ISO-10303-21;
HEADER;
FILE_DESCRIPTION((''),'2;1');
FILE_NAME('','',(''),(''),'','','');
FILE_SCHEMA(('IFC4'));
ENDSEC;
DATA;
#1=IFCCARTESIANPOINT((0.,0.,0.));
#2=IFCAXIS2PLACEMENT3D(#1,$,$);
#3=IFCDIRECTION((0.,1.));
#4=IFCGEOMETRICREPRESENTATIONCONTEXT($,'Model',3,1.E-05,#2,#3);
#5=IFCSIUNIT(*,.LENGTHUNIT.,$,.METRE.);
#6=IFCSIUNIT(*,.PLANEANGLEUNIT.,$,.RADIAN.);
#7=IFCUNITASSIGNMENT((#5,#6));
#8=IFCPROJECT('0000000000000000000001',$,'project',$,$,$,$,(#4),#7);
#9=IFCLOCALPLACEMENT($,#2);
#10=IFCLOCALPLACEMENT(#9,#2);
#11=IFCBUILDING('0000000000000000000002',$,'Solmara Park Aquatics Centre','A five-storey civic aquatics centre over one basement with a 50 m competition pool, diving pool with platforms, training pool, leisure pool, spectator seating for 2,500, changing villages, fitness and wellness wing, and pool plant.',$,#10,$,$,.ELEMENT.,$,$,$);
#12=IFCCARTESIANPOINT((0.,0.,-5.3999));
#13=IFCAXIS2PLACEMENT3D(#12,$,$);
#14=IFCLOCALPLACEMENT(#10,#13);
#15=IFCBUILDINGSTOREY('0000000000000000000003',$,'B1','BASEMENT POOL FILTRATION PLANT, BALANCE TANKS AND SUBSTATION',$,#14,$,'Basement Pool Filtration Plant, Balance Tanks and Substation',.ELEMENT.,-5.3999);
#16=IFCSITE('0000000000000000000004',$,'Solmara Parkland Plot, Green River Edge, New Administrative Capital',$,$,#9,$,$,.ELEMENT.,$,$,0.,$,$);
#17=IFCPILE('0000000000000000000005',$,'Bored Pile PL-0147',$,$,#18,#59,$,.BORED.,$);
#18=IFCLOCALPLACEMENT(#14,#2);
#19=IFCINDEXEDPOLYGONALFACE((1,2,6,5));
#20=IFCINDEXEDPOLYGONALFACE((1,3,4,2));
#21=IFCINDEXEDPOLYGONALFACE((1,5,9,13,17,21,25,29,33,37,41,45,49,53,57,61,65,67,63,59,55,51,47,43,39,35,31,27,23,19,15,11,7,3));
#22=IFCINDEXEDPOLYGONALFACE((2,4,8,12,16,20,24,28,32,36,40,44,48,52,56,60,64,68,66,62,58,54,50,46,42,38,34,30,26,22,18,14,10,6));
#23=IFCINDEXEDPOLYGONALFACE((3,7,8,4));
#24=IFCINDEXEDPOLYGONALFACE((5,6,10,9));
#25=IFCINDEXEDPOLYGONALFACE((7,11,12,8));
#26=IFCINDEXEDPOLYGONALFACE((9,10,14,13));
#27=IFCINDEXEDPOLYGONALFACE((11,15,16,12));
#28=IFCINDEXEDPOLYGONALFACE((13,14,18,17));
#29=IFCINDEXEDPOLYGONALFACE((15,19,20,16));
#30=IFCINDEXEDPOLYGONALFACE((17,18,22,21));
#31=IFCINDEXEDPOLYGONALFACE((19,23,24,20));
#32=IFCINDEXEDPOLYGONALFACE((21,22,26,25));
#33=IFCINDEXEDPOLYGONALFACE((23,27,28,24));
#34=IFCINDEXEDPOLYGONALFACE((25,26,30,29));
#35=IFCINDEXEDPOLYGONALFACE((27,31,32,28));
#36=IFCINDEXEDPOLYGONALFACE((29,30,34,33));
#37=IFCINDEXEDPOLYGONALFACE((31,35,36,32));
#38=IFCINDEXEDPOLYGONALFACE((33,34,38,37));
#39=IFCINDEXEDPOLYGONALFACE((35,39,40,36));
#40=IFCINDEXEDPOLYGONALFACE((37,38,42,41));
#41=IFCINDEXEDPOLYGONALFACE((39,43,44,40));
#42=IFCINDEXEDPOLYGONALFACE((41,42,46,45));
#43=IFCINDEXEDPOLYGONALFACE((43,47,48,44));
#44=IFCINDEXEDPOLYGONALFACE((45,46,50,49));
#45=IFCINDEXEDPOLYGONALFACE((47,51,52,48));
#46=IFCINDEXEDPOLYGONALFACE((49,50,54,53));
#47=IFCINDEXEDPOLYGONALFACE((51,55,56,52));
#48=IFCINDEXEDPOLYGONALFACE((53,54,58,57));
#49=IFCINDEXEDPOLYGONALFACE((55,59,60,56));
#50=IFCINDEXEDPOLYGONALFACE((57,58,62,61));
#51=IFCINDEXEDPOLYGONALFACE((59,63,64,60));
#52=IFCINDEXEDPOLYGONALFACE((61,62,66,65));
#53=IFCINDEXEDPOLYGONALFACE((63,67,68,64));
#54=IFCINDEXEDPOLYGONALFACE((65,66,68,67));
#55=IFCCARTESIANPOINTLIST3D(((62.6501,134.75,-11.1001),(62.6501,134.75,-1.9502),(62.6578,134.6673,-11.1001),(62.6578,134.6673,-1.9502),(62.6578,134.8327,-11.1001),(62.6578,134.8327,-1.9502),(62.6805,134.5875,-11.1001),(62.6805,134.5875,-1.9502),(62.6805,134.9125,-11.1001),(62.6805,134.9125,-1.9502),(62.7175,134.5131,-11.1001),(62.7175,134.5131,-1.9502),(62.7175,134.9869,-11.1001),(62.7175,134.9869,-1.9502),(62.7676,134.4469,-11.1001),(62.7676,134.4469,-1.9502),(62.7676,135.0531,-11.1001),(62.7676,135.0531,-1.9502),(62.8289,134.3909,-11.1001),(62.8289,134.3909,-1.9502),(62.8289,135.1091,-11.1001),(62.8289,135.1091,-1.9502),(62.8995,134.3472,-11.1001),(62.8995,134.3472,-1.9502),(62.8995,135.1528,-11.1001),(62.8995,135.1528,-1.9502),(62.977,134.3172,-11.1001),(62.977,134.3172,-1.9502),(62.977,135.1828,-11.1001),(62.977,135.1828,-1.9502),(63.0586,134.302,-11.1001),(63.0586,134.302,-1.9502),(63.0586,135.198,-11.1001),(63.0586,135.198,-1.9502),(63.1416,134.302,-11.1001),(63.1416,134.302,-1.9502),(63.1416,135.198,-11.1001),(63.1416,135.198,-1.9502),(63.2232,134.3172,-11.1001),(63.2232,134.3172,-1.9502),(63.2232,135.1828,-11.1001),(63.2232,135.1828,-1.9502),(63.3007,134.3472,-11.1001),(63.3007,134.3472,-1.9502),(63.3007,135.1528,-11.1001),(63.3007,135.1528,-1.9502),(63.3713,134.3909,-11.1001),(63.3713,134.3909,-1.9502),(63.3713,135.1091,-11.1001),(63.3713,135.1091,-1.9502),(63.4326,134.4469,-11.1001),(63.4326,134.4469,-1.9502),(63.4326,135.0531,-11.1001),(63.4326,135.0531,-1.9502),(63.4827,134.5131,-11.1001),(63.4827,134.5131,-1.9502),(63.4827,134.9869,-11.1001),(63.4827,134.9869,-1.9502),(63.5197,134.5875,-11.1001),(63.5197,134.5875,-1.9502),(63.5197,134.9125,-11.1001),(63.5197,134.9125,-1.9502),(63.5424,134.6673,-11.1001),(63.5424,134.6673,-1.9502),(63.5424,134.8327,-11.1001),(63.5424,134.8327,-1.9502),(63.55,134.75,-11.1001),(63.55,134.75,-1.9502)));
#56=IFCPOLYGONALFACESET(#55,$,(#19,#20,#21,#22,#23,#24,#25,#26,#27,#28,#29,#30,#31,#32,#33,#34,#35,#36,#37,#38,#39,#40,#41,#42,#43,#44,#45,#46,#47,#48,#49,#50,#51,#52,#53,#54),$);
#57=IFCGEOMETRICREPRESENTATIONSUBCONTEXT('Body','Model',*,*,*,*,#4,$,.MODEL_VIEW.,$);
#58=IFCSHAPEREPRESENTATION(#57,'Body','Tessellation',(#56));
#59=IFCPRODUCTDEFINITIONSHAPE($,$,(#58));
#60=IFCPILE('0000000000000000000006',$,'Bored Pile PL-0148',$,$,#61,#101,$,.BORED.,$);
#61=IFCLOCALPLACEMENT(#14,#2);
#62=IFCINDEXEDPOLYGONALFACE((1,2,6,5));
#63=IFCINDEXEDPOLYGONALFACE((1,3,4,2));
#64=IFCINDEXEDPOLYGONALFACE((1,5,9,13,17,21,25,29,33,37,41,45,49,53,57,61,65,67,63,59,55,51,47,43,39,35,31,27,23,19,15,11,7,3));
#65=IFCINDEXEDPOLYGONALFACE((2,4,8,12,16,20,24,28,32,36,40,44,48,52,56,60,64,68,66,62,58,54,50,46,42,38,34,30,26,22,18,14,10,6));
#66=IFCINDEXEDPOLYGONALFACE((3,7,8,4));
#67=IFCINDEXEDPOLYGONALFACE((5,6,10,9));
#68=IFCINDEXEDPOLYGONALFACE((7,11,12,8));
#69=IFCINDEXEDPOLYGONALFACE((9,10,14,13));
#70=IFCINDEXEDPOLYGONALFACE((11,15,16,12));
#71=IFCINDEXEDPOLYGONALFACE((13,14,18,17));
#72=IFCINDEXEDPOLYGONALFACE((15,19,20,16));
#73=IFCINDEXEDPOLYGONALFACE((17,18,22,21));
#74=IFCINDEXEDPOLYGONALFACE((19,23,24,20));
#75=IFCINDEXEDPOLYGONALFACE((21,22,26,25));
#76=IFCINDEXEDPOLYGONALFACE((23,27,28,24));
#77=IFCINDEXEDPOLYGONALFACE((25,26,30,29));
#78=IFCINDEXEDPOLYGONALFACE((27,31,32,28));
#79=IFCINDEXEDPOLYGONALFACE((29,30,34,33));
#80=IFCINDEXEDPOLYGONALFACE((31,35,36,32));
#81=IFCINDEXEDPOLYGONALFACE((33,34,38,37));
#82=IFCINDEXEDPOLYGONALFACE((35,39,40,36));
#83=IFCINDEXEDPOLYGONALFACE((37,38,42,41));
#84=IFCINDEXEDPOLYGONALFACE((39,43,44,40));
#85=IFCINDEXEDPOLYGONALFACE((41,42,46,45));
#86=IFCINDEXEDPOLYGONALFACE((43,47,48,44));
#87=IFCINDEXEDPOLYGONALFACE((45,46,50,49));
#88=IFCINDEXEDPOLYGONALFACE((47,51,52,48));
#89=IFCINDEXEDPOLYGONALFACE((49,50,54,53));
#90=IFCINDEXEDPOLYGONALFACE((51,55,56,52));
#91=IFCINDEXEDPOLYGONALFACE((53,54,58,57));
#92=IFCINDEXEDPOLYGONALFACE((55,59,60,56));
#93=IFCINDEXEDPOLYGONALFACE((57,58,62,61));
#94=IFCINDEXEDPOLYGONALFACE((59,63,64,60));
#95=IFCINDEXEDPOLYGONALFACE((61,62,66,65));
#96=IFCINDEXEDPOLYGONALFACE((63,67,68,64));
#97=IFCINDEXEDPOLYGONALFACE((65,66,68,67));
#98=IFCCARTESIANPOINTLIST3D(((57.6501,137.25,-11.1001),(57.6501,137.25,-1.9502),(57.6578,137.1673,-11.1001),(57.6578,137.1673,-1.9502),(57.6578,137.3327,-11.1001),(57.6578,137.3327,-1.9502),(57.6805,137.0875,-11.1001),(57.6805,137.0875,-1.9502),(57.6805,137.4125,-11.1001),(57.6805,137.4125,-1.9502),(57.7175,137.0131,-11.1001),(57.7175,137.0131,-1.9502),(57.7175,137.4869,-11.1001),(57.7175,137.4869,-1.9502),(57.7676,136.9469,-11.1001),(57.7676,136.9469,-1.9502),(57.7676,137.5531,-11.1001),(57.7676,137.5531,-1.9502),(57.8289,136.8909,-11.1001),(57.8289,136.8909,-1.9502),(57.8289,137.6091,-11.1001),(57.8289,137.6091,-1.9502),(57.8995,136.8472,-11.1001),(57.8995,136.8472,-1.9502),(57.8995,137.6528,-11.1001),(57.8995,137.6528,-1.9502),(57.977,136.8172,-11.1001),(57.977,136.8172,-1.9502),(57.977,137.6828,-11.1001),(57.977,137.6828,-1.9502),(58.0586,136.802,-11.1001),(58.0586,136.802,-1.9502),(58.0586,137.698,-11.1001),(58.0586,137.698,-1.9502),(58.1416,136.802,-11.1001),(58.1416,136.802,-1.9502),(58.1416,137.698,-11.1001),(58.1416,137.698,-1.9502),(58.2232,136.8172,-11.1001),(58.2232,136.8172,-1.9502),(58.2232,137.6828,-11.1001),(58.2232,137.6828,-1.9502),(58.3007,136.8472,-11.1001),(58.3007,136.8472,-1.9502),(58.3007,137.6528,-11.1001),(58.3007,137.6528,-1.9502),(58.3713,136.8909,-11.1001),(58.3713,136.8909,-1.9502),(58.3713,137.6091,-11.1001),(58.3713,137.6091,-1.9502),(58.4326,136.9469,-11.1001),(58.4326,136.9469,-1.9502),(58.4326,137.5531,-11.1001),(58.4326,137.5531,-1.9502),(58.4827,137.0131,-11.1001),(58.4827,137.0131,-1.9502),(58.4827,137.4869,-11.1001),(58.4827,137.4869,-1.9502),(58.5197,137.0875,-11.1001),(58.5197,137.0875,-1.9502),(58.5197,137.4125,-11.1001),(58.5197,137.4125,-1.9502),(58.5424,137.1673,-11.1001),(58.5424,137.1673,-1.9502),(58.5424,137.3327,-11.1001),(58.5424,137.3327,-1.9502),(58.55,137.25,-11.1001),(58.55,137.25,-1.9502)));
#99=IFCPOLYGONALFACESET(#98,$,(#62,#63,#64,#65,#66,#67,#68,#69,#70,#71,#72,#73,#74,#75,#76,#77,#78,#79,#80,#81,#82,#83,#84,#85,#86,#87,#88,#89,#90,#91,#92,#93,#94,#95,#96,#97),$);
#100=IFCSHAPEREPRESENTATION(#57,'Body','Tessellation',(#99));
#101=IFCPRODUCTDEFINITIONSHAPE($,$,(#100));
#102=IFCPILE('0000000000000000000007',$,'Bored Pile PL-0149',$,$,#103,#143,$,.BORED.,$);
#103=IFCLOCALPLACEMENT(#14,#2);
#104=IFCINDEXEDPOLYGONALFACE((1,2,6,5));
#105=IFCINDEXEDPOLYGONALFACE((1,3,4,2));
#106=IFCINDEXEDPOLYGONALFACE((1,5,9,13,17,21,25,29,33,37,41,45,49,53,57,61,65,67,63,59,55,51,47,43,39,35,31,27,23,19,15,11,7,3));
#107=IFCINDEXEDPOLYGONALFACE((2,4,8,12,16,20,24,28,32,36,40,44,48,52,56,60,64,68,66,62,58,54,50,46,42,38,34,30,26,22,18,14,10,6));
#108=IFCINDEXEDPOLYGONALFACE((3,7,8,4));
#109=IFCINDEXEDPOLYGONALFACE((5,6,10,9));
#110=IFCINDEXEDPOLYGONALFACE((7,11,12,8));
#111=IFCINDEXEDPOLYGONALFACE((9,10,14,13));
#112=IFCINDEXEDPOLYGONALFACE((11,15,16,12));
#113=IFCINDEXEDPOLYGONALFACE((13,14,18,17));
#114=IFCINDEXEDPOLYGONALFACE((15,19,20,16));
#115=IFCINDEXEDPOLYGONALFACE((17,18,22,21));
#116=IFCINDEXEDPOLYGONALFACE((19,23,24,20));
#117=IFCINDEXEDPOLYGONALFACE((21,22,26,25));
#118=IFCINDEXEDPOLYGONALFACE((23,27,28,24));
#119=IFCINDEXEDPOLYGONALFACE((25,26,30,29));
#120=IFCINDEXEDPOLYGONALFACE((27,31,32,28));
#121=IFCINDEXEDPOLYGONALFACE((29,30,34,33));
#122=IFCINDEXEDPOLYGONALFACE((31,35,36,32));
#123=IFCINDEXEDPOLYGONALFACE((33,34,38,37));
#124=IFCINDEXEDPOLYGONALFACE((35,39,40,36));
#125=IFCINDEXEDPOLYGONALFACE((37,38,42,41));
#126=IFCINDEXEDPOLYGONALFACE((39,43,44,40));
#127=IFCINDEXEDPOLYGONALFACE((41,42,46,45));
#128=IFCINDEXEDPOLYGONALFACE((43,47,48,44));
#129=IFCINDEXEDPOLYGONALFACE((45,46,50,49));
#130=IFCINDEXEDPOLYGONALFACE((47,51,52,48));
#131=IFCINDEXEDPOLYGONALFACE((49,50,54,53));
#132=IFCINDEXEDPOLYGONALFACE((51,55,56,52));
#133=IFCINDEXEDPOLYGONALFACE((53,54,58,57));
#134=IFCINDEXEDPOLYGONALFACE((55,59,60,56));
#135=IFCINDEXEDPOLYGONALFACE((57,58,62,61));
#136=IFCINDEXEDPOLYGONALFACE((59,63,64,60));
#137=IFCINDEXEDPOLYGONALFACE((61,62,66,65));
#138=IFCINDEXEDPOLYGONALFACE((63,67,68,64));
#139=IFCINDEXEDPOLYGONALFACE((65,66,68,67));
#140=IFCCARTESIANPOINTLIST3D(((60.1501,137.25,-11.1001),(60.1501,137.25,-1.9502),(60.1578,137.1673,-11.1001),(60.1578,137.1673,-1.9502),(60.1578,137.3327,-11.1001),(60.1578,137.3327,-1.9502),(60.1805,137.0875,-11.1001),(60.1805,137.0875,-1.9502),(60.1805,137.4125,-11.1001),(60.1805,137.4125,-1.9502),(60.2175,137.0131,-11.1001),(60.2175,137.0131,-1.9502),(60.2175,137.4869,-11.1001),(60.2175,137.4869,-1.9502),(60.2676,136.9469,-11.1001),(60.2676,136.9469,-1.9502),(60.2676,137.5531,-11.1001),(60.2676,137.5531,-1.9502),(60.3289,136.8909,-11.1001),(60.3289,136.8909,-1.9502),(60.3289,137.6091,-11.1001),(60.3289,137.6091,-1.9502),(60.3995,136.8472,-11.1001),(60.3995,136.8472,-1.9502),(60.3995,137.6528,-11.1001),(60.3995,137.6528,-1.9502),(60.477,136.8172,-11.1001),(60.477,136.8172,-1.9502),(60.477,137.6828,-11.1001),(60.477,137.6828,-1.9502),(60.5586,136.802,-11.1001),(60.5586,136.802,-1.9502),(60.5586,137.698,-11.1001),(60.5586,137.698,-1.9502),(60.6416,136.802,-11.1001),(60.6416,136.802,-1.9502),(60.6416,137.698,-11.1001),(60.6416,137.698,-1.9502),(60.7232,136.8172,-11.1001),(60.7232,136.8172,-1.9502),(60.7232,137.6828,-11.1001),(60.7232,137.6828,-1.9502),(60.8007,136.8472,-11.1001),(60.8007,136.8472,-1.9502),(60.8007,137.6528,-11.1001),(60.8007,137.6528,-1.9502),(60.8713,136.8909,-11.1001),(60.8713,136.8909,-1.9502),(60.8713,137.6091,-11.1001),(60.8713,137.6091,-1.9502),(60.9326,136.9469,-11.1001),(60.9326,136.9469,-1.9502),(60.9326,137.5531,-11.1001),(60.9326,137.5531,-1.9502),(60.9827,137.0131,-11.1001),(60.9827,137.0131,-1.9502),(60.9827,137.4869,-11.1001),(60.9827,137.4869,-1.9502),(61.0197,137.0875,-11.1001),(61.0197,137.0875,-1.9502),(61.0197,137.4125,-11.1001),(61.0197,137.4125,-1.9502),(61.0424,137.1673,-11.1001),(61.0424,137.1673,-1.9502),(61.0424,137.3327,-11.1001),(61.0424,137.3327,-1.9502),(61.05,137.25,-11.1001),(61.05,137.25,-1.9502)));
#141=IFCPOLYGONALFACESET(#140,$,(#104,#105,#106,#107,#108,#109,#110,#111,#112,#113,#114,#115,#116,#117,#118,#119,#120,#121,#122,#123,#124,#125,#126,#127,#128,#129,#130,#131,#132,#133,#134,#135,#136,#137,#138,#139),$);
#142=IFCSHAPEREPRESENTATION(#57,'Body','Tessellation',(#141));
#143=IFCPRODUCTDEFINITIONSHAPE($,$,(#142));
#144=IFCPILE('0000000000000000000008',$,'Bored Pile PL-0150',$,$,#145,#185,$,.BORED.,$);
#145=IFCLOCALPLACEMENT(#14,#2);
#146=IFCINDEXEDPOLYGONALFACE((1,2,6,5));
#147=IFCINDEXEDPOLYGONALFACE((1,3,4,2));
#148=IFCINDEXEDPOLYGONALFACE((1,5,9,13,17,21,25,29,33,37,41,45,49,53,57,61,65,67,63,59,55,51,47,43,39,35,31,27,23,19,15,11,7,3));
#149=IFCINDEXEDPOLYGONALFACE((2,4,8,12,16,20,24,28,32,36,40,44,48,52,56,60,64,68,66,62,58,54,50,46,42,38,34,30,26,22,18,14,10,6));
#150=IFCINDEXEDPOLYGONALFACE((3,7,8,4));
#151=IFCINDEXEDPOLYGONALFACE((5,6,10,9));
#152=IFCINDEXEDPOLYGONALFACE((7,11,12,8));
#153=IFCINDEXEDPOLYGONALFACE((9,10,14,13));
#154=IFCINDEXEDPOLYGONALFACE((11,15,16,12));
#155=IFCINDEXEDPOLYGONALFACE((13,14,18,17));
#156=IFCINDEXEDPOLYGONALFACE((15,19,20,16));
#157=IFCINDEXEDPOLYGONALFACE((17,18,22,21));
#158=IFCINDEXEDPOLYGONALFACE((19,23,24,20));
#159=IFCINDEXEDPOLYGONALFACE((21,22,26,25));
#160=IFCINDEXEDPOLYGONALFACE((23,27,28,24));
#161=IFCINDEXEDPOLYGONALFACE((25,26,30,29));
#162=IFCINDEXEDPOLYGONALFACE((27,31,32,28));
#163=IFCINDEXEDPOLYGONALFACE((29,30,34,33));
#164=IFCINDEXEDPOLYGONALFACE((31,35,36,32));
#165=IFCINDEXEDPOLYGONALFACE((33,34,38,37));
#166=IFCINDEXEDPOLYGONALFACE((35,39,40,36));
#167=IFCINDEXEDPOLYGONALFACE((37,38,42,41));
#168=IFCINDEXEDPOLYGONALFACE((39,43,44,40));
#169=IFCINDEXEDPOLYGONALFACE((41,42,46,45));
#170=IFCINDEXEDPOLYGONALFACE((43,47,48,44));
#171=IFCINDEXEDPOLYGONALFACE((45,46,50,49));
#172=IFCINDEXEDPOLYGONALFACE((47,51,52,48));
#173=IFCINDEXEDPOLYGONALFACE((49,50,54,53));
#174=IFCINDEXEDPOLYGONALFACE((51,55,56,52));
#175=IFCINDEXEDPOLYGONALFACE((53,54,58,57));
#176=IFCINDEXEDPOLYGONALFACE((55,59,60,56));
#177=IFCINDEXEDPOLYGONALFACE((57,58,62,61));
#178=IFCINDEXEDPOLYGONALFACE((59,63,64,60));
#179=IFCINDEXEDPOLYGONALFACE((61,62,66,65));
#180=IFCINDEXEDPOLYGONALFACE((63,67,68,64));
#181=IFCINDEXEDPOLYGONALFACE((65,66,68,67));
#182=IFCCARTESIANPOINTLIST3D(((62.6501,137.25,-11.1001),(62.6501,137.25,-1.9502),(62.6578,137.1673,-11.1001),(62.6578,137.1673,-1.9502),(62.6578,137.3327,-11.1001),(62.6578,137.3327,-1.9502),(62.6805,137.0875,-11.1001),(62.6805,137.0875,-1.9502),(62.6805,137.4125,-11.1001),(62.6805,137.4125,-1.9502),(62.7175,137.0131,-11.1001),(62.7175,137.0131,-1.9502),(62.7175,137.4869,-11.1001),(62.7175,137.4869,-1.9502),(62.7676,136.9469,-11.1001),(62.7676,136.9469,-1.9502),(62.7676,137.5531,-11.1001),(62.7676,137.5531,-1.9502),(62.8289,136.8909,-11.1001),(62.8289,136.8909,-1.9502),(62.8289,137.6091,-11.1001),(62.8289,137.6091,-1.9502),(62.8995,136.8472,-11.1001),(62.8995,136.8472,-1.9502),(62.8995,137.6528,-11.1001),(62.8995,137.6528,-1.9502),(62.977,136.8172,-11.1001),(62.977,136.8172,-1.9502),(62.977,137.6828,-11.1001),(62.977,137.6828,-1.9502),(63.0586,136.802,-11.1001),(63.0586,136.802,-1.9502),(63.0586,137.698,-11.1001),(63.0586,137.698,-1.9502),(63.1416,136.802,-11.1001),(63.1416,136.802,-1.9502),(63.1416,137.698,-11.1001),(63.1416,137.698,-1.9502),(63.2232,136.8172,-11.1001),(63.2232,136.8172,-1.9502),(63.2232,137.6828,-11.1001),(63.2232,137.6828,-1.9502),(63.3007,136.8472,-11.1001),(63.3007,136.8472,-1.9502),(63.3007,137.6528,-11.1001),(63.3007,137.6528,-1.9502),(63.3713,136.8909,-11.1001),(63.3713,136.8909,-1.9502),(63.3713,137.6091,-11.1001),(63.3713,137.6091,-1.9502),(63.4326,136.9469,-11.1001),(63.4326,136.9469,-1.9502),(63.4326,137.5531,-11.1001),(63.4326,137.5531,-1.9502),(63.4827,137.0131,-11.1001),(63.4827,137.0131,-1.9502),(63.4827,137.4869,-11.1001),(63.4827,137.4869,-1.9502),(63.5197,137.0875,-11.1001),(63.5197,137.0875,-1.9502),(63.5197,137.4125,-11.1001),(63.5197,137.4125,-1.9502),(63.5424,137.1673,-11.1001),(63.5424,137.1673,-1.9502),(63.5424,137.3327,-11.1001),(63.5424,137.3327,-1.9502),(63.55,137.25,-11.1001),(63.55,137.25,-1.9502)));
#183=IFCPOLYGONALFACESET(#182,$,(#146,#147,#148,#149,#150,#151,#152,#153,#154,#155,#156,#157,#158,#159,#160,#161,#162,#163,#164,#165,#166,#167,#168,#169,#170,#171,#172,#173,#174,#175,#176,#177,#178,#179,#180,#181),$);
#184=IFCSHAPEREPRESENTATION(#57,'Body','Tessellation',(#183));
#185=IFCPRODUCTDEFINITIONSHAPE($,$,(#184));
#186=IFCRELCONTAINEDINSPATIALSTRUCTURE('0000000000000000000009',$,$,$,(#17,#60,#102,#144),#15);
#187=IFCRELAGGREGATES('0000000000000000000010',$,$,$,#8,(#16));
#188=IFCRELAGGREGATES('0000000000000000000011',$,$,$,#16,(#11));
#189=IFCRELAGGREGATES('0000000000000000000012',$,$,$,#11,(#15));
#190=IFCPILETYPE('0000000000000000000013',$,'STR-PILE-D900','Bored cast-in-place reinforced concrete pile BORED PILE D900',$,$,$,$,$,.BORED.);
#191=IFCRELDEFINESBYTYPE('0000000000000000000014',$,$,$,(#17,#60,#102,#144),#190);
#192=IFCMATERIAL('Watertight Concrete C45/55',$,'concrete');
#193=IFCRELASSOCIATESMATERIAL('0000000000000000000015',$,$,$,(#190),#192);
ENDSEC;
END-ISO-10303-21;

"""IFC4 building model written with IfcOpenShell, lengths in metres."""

from ifc_helpers import new_model, si_unit, direction, frame, origin, origin_2d, place, context, subcontext, project, spatial, circle, extrude, material, material_profile, profile_set, type_object, element, save


model = new_model("IFC4")

# Units and contexts
model_context = context("Model", 3, precision=1e-05, world=origin(), true_north=direction((0.0, 1.0)))
body_context = subcontext(model_context, "Body", "Model", "MODEL_VIEW")
ifc_project = project(units=[si_unit("LENGTHUNIT", "METRE"), si_unit("PLANEANGLEUNIT", "RADIAN")], contexts=[model_context])

# Site, building, storey
site_placement = place(None, origin())
site = spatial("IfcSite", under=ifc_project, at=site_placement, Name="Solmara Parkland Plot, Green River Edge, New Administrative Capital", CompositionType="ELEMENT", RefElevation=0.0)
building_placement = place(site_placement, origin())
building = spatial("IfcBuilding", under=site, at=building_placement, Name="Solmara Park Aquatics Centre", Description="A five-storey civic aquatics centre over one basement with a 50 m competition pool, diving pool with platforms, training pool, leisure pool, spectator seating for 2,500, changing villages, fitness and wellness wing, and pool plant.", CompositionType="ELEMENT")
storey_placement = place(building_placement, frame((0.0, 0.0, -5.3999)))
storey = spatial("IfcBuildingStorey", under=building, at=storey_placement, Name="B1", Description="BASEMENT POOL FILTRATION PLANT, BALANCE TANKS AND SUBSTATION", LongName="Basement Pool Filtration Plant, Balance Tanks and Substation", CompositionType="ELEMENT", Elevation=-5.3999)

# Shared definitions
ifc_material_1 = material(Name="Watertight Concrete C45/55", Category="concrete")

# Piles
ifc_material_profile_1 = material_profile(ifc_material_1, circle(Radius=0.45, at=origin_2d()), Name="BORED PILE D900")
ifc_profile_set_1 = profile_set([ifc_material_profile_1], Name="Watertight Concrete C45/55")
pile_type = type_object("IfcPileType", Name="STR-PILE-D900", Description="Bored cast-in-place reinforced concrete pile BORED PILE D900", PredefinedType="BORED", material=ifc_profile_set_1)
for number, where, z_axis, x_axis, name in (
    (1, (63.1001, 134.75, -1.9502), (0.0, 0.0, -1.0), (1.0, 0.0, 0.0), "Bored Pile PL-0147"),
    (2, (58.1001, 137.25, -1.9502), (0.0, 0.0, -1.0), (1.0, 0.0, 0.0), "Bored Pile PL-0148"),
    (3, (60.6001, 137.25, -1.9502), (0.0, 0.0, -1.0), (1.0, 0.0, 0.0), "Bored Pile PL-0149"),
    (4, (63.1001, 137.25, -1.9502), (0.0, 0.0, -1.0), (1.0, 0.0, 0.0), "Bored Pile PL-0150"),
):
    element("IfcPile", number, at=place(storey_placement, frame(where, z_axis=z_axis, x_axis=x_axis)), inside=storey, type_object=pile_type, Name=name, PredefinedType="BORED", context=body_context, shape_type="SweptSolid", body=[
        extrude(circle(Radius=0.45, at=origin_2d()), origin(), (0.0, 0.0, 1.0), 9.1499),
    ])

save(model, "model.ifc")
